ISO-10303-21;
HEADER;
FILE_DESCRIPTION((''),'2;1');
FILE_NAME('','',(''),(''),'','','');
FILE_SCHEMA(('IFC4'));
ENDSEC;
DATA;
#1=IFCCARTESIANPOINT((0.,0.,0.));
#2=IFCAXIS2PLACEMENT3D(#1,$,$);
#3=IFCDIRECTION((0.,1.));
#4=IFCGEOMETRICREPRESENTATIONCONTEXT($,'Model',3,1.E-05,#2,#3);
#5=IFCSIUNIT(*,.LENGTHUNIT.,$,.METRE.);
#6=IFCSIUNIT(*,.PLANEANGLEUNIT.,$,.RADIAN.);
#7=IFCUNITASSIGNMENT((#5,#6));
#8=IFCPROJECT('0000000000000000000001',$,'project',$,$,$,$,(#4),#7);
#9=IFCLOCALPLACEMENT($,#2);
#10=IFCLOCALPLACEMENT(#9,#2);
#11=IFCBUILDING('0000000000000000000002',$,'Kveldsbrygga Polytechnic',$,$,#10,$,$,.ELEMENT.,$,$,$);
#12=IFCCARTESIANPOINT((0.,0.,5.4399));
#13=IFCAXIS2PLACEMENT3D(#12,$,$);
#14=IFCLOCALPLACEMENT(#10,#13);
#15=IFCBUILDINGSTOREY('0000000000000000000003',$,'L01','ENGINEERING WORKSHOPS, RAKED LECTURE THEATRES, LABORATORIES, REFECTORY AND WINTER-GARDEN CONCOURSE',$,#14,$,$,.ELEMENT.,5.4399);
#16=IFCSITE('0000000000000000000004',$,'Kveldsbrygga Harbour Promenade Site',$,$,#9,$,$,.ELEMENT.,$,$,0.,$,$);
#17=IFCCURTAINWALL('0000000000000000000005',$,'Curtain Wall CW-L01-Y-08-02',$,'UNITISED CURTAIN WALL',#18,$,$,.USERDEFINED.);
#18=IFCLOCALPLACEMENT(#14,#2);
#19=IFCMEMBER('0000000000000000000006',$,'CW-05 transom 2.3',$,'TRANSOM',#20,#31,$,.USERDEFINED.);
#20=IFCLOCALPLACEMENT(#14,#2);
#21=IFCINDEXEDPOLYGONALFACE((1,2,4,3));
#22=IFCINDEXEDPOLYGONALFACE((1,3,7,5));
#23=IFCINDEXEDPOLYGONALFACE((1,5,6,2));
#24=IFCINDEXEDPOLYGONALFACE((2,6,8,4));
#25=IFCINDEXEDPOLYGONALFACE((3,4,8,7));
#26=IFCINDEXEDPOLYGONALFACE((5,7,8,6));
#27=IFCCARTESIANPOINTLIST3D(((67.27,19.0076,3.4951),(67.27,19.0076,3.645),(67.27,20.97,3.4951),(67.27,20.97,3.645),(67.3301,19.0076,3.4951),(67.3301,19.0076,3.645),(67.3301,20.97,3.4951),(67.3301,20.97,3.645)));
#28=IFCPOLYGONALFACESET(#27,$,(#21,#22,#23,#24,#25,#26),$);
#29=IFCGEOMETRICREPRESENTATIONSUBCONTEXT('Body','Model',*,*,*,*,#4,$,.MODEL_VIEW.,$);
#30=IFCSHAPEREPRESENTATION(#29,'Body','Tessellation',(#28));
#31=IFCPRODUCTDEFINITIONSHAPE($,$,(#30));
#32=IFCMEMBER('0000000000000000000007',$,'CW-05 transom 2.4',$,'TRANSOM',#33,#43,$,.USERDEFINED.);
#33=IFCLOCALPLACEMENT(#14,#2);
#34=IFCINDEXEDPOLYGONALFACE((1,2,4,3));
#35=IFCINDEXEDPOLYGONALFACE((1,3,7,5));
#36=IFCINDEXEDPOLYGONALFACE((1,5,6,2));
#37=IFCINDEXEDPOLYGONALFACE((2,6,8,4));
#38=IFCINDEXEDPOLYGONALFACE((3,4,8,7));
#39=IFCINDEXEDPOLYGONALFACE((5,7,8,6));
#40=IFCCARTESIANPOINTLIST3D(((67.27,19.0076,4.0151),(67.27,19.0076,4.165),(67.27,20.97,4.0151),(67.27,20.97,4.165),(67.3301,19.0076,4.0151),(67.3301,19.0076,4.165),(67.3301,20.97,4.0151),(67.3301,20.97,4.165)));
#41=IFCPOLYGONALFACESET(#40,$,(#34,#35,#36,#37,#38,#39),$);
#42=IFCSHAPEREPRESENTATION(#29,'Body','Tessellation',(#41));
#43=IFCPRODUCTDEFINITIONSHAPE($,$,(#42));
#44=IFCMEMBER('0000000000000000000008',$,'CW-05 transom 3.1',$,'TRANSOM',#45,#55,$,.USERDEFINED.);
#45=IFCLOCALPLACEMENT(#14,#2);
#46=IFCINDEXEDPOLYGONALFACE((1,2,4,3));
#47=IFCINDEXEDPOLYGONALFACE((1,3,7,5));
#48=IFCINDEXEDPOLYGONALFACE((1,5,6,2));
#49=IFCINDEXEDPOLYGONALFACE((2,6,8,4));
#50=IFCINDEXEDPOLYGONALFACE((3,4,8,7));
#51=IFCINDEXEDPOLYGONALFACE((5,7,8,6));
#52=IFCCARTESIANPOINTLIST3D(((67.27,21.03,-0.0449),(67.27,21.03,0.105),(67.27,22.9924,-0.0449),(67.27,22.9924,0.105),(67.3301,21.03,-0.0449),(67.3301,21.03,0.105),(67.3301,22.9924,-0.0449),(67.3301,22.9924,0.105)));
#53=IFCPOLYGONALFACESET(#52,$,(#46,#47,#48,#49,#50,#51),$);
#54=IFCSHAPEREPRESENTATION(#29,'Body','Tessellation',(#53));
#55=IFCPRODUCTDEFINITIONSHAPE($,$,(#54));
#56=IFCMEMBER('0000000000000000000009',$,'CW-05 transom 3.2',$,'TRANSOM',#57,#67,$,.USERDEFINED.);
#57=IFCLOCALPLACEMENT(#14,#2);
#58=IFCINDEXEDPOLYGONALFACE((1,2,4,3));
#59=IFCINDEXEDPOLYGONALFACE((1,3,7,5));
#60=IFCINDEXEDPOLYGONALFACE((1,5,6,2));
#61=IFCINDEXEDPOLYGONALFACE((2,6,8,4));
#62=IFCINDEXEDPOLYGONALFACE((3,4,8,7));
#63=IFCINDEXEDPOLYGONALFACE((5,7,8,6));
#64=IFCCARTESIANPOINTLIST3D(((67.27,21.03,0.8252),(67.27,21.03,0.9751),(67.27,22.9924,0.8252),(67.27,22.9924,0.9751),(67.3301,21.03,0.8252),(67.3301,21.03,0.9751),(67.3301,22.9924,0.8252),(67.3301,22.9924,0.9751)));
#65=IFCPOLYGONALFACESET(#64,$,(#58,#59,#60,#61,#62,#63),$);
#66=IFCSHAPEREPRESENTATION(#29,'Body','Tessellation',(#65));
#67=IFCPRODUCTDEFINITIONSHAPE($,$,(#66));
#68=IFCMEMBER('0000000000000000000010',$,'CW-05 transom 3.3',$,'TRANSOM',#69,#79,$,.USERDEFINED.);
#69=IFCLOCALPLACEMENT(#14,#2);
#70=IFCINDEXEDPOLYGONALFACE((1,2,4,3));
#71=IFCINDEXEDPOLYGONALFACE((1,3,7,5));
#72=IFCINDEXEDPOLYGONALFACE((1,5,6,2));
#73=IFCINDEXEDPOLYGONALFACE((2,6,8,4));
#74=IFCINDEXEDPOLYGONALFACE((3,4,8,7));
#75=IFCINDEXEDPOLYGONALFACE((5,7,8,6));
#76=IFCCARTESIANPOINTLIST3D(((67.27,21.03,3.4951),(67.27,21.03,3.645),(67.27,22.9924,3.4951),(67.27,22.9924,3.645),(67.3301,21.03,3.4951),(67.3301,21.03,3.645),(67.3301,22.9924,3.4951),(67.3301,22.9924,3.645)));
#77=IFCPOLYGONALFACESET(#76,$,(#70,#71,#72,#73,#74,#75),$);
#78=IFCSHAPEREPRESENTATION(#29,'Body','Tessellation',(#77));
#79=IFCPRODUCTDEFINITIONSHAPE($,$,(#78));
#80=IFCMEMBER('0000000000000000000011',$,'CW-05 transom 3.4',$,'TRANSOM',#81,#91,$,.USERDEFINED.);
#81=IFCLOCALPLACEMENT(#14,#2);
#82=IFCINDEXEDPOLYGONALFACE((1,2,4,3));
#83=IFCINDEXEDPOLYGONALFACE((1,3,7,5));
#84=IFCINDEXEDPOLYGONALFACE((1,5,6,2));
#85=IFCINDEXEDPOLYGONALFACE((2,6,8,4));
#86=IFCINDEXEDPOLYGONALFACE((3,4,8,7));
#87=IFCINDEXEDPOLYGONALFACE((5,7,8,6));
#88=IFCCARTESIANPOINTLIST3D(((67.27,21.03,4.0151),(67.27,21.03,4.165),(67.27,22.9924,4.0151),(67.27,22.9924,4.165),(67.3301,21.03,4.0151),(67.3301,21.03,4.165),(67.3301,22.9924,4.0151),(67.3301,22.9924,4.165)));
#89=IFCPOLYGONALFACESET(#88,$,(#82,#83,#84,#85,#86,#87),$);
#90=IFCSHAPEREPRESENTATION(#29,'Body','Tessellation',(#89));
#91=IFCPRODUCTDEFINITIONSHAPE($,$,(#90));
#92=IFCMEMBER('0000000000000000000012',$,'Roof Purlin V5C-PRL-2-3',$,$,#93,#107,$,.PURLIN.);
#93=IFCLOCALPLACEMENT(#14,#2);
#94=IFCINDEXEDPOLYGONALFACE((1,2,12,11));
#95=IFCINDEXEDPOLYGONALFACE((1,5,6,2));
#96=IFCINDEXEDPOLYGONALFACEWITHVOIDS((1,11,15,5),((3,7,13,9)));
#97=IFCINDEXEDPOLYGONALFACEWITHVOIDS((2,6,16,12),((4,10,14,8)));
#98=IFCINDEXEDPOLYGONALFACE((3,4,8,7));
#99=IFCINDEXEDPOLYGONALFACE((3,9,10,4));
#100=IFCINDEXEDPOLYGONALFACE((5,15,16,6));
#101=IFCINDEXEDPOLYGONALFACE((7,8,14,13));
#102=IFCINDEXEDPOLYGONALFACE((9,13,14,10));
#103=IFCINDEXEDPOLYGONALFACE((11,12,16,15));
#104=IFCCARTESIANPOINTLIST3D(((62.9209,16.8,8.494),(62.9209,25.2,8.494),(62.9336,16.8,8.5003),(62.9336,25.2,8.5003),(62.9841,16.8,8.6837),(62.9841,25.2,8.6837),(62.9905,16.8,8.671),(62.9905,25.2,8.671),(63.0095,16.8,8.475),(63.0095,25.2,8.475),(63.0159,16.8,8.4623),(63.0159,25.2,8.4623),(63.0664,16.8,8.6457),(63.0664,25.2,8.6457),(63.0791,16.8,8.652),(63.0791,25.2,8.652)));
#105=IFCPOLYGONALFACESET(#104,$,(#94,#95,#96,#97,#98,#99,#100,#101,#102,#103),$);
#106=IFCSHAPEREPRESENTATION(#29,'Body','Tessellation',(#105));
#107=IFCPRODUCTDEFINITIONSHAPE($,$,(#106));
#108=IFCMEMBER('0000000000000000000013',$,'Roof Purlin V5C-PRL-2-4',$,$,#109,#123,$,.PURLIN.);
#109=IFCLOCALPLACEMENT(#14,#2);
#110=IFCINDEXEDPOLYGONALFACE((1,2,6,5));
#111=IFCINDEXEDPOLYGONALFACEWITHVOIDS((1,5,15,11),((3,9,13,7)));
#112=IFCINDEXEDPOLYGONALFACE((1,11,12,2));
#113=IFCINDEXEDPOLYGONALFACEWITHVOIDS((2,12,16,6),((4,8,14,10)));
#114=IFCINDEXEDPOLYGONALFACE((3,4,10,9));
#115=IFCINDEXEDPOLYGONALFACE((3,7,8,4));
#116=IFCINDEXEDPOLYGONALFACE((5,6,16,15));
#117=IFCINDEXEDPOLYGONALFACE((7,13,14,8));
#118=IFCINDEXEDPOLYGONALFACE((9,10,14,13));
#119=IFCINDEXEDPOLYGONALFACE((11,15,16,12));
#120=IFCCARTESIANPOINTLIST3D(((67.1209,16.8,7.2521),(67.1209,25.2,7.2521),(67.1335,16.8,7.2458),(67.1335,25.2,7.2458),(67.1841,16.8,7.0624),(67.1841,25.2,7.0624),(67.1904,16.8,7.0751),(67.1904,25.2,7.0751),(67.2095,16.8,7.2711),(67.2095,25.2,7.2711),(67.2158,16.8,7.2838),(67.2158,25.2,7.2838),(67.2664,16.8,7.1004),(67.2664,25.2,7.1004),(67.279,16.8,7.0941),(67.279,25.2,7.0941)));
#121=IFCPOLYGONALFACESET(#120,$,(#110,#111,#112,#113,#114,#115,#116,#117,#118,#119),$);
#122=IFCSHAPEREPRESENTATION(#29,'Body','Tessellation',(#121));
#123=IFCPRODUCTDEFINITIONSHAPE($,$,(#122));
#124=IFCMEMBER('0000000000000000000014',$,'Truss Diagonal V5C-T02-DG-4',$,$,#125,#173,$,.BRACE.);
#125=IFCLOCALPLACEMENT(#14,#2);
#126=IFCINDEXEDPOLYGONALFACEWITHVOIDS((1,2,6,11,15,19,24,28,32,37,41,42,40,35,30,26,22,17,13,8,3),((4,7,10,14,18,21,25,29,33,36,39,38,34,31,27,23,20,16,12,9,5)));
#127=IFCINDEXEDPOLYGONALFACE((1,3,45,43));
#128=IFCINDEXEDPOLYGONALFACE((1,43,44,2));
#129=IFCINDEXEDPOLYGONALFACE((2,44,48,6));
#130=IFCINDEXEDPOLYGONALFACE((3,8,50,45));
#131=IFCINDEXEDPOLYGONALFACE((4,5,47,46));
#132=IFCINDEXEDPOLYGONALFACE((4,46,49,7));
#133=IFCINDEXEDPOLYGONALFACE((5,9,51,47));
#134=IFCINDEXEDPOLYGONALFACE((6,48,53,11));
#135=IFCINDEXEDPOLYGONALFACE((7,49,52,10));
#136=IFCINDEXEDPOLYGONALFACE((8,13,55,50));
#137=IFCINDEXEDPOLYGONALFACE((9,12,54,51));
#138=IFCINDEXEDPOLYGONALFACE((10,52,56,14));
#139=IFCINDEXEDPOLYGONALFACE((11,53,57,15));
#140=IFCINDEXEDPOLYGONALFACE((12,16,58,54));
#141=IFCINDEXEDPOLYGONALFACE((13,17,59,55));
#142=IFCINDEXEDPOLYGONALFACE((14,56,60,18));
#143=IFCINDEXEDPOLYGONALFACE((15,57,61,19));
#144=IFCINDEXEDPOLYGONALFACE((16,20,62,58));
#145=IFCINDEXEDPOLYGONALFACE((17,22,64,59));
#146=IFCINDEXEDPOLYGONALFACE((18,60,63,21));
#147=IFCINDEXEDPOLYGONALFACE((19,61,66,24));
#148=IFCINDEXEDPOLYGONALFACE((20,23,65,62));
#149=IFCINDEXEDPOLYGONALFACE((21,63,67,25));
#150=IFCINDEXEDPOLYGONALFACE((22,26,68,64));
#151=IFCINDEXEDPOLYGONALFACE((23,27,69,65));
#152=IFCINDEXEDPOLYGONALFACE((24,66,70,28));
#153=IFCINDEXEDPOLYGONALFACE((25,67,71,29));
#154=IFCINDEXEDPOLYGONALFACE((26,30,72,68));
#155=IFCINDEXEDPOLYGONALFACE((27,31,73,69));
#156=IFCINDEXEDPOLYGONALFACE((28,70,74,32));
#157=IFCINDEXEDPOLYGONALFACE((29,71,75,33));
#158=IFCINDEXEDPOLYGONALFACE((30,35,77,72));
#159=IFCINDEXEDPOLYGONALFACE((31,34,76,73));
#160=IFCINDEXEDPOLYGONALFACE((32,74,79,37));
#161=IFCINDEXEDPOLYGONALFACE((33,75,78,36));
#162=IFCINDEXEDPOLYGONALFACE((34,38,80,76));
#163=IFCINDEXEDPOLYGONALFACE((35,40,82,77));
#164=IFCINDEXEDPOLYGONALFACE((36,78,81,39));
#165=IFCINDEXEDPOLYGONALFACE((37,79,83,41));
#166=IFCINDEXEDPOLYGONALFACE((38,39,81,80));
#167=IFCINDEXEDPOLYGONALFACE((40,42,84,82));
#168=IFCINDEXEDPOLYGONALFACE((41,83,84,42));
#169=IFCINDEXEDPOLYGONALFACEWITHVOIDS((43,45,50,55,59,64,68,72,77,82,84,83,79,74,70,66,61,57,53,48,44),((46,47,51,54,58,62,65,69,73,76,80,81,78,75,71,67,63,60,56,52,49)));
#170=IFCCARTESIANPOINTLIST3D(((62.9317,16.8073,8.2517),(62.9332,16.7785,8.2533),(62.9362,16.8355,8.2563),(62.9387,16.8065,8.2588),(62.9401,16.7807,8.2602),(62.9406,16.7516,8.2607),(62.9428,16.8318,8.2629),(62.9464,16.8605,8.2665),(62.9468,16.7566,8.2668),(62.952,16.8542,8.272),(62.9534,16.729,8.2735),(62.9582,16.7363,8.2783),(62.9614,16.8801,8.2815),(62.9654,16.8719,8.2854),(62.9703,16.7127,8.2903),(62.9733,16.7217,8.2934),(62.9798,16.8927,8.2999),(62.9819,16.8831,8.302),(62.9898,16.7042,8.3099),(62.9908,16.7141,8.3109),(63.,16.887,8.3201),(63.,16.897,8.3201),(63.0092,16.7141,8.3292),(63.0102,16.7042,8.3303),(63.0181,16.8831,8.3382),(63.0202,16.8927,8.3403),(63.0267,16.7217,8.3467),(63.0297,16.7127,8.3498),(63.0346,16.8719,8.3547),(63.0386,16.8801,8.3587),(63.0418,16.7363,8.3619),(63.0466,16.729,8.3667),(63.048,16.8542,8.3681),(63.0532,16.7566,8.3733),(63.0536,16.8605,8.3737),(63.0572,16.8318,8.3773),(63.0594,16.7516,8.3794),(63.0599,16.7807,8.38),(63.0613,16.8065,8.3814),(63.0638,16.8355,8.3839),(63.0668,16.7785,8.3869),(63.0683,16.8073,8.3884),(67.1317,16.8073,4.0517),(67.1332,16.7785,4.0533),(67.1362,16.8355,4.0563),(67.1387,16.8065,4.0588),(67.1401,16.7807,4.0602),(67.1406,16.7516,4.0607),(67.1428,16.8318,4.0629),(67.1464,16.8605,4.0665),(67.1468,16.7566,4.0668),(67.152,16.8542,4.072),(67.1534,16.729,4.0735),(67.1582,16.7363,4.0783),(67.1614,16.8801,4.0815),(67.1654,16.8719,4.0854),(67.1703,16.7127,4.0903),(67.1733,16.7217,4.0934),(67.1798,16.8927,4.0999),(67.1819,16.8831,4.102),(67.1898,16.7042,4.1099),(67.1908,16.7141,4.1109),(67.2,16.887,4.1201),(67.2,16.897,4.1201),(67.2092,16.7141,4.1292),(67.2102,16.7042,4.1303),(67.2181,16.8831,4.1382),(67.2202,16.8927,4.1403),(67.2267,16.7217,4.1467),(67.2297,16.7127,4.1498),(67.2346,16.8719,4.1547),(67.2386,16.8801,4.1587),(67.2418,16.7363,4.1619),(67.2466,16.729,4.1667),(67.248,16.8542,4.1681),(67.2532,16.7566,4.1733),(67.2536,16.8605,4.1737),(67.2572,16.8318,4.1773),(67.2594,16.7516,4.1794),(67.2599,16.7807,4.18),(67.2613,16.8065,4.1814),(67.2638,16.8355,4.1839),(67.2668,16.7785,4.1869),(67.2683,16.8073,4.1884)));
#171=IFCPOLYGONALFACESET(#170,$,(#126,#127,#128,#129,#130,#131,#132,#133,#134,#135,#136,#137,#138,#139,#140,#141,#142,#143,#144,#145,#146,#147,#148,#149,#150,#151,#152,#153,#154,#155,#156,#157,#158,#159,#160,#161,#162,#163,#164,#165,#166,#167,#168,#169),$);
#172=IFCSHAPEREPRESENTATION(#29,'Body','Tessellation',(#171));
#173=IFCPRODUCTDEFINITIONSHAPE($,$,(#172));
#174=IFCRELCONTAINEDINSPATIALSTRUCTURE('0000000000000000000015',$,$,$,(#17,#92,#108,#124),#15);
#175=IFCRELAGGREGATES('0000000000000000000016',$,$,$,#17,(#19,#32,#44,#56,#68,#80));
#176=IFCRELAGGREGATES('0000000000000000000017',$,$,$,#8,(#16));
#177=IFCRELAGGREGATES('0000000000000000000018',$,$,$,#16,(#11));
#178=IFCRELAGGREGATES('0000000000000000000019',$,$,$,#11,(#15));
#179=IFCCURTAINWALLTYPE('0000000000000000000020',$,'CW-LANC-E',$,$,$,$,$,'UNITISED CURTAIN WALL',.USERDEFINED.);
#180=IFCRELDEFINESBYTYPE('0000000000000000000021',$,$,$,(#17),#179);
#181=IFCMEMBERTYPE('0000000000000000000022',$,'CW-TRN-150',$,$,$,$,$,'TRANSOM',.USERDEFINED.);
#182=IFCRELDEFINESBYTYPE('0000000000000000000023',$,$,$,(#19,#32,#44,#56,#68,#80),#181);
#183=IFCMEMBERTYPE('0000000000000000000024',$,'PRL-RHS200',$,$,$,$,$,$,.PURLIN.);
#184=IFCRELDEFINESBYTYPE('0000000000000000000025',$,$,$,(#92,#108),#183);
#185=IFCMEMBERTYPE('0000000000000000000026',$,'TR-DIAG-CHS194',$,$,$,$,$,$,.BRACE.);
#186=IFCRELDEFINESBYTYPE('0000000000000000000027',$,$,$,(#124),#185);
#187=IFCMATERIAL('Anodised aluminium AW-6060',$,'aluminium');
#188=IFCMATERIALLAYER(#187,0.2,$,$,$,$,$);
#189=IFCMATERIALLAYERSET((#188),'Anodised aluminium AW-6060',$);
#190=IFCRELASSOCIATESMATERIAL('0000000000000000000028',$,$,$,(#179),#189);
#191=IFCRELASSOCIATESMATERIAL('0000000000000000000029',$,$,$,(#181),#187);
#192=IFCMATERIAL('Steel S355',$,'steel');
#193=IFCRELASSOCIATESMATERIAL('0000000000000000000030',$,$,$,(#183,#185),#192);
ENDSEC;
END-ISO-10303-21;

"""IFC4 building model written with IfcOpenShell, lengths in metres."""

from ifc_helpers import new_model, si_unit, direction, frame, origin, origin_2d, place, context, subcontext, project, spatial, rectangle, hollow_rectangle, hollow_circle, extrude, material, layer, layer_set, material_profile, profile_set, type_object, element, aggregate, save


model = new_model("IFC4")

# Units and contexts
model_context = context("Model", 3, precision=1e-05, world=origin(), true_north=direction((0.0, 1.0)))
body_context = subcontext(model_context, "Body", "Model", "MODEL_VIEW")
ifc_project = project(units=[si_unit("LENGTHUNIT", "METRE"), si_unit("PLANEANGLEUNIT", "RADIAN")], contexts=[model_context])

# Site, building, storey
site_placement = place(None, origin())
site = spatial("IfcSite", under=ifc_project, at=site_placement, Name="Kveldsbrygga Harbour Promenade Site", CompositionType="ELEMENT", RefElevation=0.0)
building_placement = place(site_placement, origin())
building = spatial("IfcBuilding", under=site, at=building_placement, Name="Kveldsbrygga Polytechnic", CompositionType="ELEMENT")
storey_placement = place(building_placement, frame((0.0, 0.0, 5.4399)))
storey = spatial("IfcBuildingStorey", under=building, at=storey_placement, Name="L01", Description="ENGINEERING WORKSHOPS, RAKED LECTURE THEATRES, LABORATORIES, REFECTORY AND WINTER-GARDEN CONCOURSE", CompositionType="ELEMENT", Elevation=5.4399)

# Shared definitions
ifc_material_1 = material(Name="Steel S355", Category="steel")

# Curtain wall
ifc_material_2 = material(Name="Anodised aluminium AW-6060", Category="aluminium")
ifc_layer_1 = layer(ifc_material_2, 0.2)
ifc_layer_set_1 = layer_set([ifc_layer_1], Name="Anodised aluminium AW-6060")
curtain_wall_type_1 = type_object("IfcCurtainWallType", Name="CW-LANC-E", ElementType="UNITISED CURTAIN WALL", PredefinedType="USERDEFINED", material=ifc_layer_set_1)
curtain_wall_1_placement = place(storey_placement, origin())
curtain_wall_1 = element("IfcCurtainWall", 1, at=curtain_wall_1_placement, inside=storey, type_object=curtain_wall_type_1, Name="Curtain Wall CW-L01-Y-08-02", ObjectType="UNITISED CURTAIN WALL", PredefinedType="USERDEFINED")

# Members
ifc_material_profile_1 = material_profile(ifc_material_2, rectangle(XDim=0.0601, YDim=0.1499, at=origin_2d()), Name="ALU 60x150")
ifc_profile_set_1 = profile_set([ifc_material_profile_1], Name="Anodised aluminium AW-6060")
member_type_1 = type_object("IfcMemberType", Name="CW-TRN-150", ElementType="TRANSOM", PredefinedType="USERDEFINED", material=ifc_profile_set_1)
member_1_placement = place(storey_placement, frame((67.3, 19.0076, 3.5701), z_axis=(0.0, 1.0, 0.0), x_axis=(-1.0, 0.0, 0.0)))
member_1 = element("IfcMember", 2, at=member_1_placement, type_object=member_type_1, Name="CW-05 transom 2.3", ObjectType="TRANSOM", PredefinedType="USERDEFINED", context=body_context, shape_type="SweptSolid", body=[
    extrude(rectangle(XDim=0.0601, YDim=0.1499, at=origin_2d()), origin(), (0.0, 0.0, 1.0), 1.9624),
])
member_2_placement = place(storey_placement, frame((67.3, 19.0076, 4.0901), z_axis=(0.0, 1.0, 0.0), x_axis=(-1.0, 0.0, 0.0)))
member_2 = element("IfcMember", 3, at=member_2_placement, type_object=member_type_1, Name="CW-05 transom 2.4", ObjectType="TRANSOM", PredefinedType="USERDEFINED", context=body_context, shape_type="SweptSolid", body=[
    extrude(rectangle(XDim=0.0601, YDim=0.1499, at=origin_2d()), origin(), (0.0, 0.0, 1.0), 1.9624),
])
member_3_placement = place(storey_placement, frame((67.3, 21.03, 0.03), z_axis=(0.0, 1.0, 0.0), x_axis=(-1.0, 0.0, 0.0)))
member_3 = element("IfcMember", 4, at=member_3_placement, type_object=member_type_1, Name="CW-05 transom 3.1", ObjectType="TRANSOM", PredefinedType="USERDEFINED", context=body_context, shape_type="SweptSolid", body=[
    extrude(rectangle(XDim=0.0601, YDim=0.1499, at=origin_2d()), origin(), (0.0, 0.0, 1.0), 1.9624),
])
member_4_placement = place(storey_placement, frame((67.3, 21.03, 0.9001), z_axis=(0.0, 1.0, 0.0), x_axis=(-1.0, 0.0, 0.0)))
member_4 = element("IfcMember", 5, at=member_4_placement, type_object=member_type_1, Name="CW-05 transom 3.2", ObjectType="TRANSOM", PredefinedType="USERDEFINED", context=body_context, shape_type="SweptSolid", body=[
    extrude(rectangle(XDim=0.0601, YDim=0.1499, at=origin_2d()), origin(), (0.0, 0.0, 1.0), 1.9624),
])
member_5_placement = place(storey_placement, frame((67.3, 21.03, 3.5701), z_axis=(0.0, 1.0, 0.0), x_axis=(-1.0, 0.0, 0.0)))
member_5 = element("IfcMember", 6, at=member_5_placement, type_object=member_type_1, Name="CW-05 transom 3.3", ObjectType="TRANSOM", PredefinedType="USERDEFINED", context=body_context, shape_type="SweptSolid", body=[
    extrude(rectangle(XDim=0.0601, YDim=0.1499, at=origin_2d()), origin(), (0.0, 0.0, 1.0), 1.9624),
])
member_6_placement = place(storey_placement, frame((67.3, 21.03, 4.0901), z_axis=(0.0, 1.0, 0.0), x_axis=(-1.0, 0.0, 0.0)))
member_6 = element("IfcMember", 7, at=member_6_placement, type_object=member_type_1, Name="CW-05 transom 3.4", ObjectType="TRANSOM", PredefinedType="USERDEFINED", context=body_context, shape_type="SweptSolid", body=[
    extrude(rectangle(XDim=0.0601, YDim=0.1499, at=origin_2d()), origin(), (0.0, 0.0, 1.0), 1.9624),
])

# Members
ifc_material_profile_2 = material_profile(ifc_material_1, hollow_rectangle(XDim=0.1001, YDim=0.2, WallThickness=0.01, at=origin_2d()), Name="RHS 200x100x10.0")
ifc_profile_set_2 = profile_set([ifc_material_profile_2], Name="Steel S355")
member_type_2 = type_object("IfcMemberType", Name="PRL-RHS200", PredefinedType="PURLIN", material=ifc_profile_set_2)
for number, where, z_axis, x_axis, name in (
    (8, (63.0, 16.8, 8.573), (0.0, 1.0, 0.0), (-0.948684, 0.0, 0.316227), "Roof Purlin V5C-PRL-2-3"),
    (9, (67.2, 16.8, 7.1731), (0.0, 1.0, 0.0), (-0.948684, 0.0, -0.316227), "Roof Purlin V5C-PRL-2-4"),
):
    element("IfcMember", number, at=place(storey_placement, frame(where, z_axis=z_axis, x_axis=x_axis)), inside=storey, type_object=member_type_2, Name=name, PredefinedType="PURLIN", context=body_context, shape_type="SweptSolid", body=[
        extrude(hollow_rectangle(XDim=0.1001, YDim=0.2, WallThickness=0.01, at=origin_2d()), origin(), (0.0, 0.0, 1.0), 8.3999),
    ])
ifc_material_profile_3 = material_profile(ifc_material_1, hollow_circle(Radius=0.0969, WallThickness=0.01, at=origin_2d()), Name="CHS 193.7x10.0")
ifc_profile_set_3 = profile_set([ifc_material_profile_3], Name="Steel S355")
member_type_3 = type_object("IfcMemberType", Name="TR-DIAG-CHS194", PredefinedType="BRACE", material=ifc_profile_set_3)
member_7_placement = place(storey_placement, frame((63.0, 16.8, 8.3201), z_axis=(0.707107, 0.0, -0.707107), x_axis=(0.0, 1.0, 0.0)))
element("IfcMember", 10, at=member_7_placement, inside=storey, type_object=member_type_3, Name="Truss Diagonal V5C-T02-DG-4", PredefinedType="BRACE", context=body_context, shape_type="SweptSolid", body=[
    extrude(hollow_circle(Radius=0.0969, WallThickness=0.01, at=origin_2d()), origin(), (0.0, 0.0, 1.0), 5.9397),
])

aggregate(curtain_wall_1, [member_1, member_2, member_3, member_4, member_5, member_6])

save(model, "model.ifc")
